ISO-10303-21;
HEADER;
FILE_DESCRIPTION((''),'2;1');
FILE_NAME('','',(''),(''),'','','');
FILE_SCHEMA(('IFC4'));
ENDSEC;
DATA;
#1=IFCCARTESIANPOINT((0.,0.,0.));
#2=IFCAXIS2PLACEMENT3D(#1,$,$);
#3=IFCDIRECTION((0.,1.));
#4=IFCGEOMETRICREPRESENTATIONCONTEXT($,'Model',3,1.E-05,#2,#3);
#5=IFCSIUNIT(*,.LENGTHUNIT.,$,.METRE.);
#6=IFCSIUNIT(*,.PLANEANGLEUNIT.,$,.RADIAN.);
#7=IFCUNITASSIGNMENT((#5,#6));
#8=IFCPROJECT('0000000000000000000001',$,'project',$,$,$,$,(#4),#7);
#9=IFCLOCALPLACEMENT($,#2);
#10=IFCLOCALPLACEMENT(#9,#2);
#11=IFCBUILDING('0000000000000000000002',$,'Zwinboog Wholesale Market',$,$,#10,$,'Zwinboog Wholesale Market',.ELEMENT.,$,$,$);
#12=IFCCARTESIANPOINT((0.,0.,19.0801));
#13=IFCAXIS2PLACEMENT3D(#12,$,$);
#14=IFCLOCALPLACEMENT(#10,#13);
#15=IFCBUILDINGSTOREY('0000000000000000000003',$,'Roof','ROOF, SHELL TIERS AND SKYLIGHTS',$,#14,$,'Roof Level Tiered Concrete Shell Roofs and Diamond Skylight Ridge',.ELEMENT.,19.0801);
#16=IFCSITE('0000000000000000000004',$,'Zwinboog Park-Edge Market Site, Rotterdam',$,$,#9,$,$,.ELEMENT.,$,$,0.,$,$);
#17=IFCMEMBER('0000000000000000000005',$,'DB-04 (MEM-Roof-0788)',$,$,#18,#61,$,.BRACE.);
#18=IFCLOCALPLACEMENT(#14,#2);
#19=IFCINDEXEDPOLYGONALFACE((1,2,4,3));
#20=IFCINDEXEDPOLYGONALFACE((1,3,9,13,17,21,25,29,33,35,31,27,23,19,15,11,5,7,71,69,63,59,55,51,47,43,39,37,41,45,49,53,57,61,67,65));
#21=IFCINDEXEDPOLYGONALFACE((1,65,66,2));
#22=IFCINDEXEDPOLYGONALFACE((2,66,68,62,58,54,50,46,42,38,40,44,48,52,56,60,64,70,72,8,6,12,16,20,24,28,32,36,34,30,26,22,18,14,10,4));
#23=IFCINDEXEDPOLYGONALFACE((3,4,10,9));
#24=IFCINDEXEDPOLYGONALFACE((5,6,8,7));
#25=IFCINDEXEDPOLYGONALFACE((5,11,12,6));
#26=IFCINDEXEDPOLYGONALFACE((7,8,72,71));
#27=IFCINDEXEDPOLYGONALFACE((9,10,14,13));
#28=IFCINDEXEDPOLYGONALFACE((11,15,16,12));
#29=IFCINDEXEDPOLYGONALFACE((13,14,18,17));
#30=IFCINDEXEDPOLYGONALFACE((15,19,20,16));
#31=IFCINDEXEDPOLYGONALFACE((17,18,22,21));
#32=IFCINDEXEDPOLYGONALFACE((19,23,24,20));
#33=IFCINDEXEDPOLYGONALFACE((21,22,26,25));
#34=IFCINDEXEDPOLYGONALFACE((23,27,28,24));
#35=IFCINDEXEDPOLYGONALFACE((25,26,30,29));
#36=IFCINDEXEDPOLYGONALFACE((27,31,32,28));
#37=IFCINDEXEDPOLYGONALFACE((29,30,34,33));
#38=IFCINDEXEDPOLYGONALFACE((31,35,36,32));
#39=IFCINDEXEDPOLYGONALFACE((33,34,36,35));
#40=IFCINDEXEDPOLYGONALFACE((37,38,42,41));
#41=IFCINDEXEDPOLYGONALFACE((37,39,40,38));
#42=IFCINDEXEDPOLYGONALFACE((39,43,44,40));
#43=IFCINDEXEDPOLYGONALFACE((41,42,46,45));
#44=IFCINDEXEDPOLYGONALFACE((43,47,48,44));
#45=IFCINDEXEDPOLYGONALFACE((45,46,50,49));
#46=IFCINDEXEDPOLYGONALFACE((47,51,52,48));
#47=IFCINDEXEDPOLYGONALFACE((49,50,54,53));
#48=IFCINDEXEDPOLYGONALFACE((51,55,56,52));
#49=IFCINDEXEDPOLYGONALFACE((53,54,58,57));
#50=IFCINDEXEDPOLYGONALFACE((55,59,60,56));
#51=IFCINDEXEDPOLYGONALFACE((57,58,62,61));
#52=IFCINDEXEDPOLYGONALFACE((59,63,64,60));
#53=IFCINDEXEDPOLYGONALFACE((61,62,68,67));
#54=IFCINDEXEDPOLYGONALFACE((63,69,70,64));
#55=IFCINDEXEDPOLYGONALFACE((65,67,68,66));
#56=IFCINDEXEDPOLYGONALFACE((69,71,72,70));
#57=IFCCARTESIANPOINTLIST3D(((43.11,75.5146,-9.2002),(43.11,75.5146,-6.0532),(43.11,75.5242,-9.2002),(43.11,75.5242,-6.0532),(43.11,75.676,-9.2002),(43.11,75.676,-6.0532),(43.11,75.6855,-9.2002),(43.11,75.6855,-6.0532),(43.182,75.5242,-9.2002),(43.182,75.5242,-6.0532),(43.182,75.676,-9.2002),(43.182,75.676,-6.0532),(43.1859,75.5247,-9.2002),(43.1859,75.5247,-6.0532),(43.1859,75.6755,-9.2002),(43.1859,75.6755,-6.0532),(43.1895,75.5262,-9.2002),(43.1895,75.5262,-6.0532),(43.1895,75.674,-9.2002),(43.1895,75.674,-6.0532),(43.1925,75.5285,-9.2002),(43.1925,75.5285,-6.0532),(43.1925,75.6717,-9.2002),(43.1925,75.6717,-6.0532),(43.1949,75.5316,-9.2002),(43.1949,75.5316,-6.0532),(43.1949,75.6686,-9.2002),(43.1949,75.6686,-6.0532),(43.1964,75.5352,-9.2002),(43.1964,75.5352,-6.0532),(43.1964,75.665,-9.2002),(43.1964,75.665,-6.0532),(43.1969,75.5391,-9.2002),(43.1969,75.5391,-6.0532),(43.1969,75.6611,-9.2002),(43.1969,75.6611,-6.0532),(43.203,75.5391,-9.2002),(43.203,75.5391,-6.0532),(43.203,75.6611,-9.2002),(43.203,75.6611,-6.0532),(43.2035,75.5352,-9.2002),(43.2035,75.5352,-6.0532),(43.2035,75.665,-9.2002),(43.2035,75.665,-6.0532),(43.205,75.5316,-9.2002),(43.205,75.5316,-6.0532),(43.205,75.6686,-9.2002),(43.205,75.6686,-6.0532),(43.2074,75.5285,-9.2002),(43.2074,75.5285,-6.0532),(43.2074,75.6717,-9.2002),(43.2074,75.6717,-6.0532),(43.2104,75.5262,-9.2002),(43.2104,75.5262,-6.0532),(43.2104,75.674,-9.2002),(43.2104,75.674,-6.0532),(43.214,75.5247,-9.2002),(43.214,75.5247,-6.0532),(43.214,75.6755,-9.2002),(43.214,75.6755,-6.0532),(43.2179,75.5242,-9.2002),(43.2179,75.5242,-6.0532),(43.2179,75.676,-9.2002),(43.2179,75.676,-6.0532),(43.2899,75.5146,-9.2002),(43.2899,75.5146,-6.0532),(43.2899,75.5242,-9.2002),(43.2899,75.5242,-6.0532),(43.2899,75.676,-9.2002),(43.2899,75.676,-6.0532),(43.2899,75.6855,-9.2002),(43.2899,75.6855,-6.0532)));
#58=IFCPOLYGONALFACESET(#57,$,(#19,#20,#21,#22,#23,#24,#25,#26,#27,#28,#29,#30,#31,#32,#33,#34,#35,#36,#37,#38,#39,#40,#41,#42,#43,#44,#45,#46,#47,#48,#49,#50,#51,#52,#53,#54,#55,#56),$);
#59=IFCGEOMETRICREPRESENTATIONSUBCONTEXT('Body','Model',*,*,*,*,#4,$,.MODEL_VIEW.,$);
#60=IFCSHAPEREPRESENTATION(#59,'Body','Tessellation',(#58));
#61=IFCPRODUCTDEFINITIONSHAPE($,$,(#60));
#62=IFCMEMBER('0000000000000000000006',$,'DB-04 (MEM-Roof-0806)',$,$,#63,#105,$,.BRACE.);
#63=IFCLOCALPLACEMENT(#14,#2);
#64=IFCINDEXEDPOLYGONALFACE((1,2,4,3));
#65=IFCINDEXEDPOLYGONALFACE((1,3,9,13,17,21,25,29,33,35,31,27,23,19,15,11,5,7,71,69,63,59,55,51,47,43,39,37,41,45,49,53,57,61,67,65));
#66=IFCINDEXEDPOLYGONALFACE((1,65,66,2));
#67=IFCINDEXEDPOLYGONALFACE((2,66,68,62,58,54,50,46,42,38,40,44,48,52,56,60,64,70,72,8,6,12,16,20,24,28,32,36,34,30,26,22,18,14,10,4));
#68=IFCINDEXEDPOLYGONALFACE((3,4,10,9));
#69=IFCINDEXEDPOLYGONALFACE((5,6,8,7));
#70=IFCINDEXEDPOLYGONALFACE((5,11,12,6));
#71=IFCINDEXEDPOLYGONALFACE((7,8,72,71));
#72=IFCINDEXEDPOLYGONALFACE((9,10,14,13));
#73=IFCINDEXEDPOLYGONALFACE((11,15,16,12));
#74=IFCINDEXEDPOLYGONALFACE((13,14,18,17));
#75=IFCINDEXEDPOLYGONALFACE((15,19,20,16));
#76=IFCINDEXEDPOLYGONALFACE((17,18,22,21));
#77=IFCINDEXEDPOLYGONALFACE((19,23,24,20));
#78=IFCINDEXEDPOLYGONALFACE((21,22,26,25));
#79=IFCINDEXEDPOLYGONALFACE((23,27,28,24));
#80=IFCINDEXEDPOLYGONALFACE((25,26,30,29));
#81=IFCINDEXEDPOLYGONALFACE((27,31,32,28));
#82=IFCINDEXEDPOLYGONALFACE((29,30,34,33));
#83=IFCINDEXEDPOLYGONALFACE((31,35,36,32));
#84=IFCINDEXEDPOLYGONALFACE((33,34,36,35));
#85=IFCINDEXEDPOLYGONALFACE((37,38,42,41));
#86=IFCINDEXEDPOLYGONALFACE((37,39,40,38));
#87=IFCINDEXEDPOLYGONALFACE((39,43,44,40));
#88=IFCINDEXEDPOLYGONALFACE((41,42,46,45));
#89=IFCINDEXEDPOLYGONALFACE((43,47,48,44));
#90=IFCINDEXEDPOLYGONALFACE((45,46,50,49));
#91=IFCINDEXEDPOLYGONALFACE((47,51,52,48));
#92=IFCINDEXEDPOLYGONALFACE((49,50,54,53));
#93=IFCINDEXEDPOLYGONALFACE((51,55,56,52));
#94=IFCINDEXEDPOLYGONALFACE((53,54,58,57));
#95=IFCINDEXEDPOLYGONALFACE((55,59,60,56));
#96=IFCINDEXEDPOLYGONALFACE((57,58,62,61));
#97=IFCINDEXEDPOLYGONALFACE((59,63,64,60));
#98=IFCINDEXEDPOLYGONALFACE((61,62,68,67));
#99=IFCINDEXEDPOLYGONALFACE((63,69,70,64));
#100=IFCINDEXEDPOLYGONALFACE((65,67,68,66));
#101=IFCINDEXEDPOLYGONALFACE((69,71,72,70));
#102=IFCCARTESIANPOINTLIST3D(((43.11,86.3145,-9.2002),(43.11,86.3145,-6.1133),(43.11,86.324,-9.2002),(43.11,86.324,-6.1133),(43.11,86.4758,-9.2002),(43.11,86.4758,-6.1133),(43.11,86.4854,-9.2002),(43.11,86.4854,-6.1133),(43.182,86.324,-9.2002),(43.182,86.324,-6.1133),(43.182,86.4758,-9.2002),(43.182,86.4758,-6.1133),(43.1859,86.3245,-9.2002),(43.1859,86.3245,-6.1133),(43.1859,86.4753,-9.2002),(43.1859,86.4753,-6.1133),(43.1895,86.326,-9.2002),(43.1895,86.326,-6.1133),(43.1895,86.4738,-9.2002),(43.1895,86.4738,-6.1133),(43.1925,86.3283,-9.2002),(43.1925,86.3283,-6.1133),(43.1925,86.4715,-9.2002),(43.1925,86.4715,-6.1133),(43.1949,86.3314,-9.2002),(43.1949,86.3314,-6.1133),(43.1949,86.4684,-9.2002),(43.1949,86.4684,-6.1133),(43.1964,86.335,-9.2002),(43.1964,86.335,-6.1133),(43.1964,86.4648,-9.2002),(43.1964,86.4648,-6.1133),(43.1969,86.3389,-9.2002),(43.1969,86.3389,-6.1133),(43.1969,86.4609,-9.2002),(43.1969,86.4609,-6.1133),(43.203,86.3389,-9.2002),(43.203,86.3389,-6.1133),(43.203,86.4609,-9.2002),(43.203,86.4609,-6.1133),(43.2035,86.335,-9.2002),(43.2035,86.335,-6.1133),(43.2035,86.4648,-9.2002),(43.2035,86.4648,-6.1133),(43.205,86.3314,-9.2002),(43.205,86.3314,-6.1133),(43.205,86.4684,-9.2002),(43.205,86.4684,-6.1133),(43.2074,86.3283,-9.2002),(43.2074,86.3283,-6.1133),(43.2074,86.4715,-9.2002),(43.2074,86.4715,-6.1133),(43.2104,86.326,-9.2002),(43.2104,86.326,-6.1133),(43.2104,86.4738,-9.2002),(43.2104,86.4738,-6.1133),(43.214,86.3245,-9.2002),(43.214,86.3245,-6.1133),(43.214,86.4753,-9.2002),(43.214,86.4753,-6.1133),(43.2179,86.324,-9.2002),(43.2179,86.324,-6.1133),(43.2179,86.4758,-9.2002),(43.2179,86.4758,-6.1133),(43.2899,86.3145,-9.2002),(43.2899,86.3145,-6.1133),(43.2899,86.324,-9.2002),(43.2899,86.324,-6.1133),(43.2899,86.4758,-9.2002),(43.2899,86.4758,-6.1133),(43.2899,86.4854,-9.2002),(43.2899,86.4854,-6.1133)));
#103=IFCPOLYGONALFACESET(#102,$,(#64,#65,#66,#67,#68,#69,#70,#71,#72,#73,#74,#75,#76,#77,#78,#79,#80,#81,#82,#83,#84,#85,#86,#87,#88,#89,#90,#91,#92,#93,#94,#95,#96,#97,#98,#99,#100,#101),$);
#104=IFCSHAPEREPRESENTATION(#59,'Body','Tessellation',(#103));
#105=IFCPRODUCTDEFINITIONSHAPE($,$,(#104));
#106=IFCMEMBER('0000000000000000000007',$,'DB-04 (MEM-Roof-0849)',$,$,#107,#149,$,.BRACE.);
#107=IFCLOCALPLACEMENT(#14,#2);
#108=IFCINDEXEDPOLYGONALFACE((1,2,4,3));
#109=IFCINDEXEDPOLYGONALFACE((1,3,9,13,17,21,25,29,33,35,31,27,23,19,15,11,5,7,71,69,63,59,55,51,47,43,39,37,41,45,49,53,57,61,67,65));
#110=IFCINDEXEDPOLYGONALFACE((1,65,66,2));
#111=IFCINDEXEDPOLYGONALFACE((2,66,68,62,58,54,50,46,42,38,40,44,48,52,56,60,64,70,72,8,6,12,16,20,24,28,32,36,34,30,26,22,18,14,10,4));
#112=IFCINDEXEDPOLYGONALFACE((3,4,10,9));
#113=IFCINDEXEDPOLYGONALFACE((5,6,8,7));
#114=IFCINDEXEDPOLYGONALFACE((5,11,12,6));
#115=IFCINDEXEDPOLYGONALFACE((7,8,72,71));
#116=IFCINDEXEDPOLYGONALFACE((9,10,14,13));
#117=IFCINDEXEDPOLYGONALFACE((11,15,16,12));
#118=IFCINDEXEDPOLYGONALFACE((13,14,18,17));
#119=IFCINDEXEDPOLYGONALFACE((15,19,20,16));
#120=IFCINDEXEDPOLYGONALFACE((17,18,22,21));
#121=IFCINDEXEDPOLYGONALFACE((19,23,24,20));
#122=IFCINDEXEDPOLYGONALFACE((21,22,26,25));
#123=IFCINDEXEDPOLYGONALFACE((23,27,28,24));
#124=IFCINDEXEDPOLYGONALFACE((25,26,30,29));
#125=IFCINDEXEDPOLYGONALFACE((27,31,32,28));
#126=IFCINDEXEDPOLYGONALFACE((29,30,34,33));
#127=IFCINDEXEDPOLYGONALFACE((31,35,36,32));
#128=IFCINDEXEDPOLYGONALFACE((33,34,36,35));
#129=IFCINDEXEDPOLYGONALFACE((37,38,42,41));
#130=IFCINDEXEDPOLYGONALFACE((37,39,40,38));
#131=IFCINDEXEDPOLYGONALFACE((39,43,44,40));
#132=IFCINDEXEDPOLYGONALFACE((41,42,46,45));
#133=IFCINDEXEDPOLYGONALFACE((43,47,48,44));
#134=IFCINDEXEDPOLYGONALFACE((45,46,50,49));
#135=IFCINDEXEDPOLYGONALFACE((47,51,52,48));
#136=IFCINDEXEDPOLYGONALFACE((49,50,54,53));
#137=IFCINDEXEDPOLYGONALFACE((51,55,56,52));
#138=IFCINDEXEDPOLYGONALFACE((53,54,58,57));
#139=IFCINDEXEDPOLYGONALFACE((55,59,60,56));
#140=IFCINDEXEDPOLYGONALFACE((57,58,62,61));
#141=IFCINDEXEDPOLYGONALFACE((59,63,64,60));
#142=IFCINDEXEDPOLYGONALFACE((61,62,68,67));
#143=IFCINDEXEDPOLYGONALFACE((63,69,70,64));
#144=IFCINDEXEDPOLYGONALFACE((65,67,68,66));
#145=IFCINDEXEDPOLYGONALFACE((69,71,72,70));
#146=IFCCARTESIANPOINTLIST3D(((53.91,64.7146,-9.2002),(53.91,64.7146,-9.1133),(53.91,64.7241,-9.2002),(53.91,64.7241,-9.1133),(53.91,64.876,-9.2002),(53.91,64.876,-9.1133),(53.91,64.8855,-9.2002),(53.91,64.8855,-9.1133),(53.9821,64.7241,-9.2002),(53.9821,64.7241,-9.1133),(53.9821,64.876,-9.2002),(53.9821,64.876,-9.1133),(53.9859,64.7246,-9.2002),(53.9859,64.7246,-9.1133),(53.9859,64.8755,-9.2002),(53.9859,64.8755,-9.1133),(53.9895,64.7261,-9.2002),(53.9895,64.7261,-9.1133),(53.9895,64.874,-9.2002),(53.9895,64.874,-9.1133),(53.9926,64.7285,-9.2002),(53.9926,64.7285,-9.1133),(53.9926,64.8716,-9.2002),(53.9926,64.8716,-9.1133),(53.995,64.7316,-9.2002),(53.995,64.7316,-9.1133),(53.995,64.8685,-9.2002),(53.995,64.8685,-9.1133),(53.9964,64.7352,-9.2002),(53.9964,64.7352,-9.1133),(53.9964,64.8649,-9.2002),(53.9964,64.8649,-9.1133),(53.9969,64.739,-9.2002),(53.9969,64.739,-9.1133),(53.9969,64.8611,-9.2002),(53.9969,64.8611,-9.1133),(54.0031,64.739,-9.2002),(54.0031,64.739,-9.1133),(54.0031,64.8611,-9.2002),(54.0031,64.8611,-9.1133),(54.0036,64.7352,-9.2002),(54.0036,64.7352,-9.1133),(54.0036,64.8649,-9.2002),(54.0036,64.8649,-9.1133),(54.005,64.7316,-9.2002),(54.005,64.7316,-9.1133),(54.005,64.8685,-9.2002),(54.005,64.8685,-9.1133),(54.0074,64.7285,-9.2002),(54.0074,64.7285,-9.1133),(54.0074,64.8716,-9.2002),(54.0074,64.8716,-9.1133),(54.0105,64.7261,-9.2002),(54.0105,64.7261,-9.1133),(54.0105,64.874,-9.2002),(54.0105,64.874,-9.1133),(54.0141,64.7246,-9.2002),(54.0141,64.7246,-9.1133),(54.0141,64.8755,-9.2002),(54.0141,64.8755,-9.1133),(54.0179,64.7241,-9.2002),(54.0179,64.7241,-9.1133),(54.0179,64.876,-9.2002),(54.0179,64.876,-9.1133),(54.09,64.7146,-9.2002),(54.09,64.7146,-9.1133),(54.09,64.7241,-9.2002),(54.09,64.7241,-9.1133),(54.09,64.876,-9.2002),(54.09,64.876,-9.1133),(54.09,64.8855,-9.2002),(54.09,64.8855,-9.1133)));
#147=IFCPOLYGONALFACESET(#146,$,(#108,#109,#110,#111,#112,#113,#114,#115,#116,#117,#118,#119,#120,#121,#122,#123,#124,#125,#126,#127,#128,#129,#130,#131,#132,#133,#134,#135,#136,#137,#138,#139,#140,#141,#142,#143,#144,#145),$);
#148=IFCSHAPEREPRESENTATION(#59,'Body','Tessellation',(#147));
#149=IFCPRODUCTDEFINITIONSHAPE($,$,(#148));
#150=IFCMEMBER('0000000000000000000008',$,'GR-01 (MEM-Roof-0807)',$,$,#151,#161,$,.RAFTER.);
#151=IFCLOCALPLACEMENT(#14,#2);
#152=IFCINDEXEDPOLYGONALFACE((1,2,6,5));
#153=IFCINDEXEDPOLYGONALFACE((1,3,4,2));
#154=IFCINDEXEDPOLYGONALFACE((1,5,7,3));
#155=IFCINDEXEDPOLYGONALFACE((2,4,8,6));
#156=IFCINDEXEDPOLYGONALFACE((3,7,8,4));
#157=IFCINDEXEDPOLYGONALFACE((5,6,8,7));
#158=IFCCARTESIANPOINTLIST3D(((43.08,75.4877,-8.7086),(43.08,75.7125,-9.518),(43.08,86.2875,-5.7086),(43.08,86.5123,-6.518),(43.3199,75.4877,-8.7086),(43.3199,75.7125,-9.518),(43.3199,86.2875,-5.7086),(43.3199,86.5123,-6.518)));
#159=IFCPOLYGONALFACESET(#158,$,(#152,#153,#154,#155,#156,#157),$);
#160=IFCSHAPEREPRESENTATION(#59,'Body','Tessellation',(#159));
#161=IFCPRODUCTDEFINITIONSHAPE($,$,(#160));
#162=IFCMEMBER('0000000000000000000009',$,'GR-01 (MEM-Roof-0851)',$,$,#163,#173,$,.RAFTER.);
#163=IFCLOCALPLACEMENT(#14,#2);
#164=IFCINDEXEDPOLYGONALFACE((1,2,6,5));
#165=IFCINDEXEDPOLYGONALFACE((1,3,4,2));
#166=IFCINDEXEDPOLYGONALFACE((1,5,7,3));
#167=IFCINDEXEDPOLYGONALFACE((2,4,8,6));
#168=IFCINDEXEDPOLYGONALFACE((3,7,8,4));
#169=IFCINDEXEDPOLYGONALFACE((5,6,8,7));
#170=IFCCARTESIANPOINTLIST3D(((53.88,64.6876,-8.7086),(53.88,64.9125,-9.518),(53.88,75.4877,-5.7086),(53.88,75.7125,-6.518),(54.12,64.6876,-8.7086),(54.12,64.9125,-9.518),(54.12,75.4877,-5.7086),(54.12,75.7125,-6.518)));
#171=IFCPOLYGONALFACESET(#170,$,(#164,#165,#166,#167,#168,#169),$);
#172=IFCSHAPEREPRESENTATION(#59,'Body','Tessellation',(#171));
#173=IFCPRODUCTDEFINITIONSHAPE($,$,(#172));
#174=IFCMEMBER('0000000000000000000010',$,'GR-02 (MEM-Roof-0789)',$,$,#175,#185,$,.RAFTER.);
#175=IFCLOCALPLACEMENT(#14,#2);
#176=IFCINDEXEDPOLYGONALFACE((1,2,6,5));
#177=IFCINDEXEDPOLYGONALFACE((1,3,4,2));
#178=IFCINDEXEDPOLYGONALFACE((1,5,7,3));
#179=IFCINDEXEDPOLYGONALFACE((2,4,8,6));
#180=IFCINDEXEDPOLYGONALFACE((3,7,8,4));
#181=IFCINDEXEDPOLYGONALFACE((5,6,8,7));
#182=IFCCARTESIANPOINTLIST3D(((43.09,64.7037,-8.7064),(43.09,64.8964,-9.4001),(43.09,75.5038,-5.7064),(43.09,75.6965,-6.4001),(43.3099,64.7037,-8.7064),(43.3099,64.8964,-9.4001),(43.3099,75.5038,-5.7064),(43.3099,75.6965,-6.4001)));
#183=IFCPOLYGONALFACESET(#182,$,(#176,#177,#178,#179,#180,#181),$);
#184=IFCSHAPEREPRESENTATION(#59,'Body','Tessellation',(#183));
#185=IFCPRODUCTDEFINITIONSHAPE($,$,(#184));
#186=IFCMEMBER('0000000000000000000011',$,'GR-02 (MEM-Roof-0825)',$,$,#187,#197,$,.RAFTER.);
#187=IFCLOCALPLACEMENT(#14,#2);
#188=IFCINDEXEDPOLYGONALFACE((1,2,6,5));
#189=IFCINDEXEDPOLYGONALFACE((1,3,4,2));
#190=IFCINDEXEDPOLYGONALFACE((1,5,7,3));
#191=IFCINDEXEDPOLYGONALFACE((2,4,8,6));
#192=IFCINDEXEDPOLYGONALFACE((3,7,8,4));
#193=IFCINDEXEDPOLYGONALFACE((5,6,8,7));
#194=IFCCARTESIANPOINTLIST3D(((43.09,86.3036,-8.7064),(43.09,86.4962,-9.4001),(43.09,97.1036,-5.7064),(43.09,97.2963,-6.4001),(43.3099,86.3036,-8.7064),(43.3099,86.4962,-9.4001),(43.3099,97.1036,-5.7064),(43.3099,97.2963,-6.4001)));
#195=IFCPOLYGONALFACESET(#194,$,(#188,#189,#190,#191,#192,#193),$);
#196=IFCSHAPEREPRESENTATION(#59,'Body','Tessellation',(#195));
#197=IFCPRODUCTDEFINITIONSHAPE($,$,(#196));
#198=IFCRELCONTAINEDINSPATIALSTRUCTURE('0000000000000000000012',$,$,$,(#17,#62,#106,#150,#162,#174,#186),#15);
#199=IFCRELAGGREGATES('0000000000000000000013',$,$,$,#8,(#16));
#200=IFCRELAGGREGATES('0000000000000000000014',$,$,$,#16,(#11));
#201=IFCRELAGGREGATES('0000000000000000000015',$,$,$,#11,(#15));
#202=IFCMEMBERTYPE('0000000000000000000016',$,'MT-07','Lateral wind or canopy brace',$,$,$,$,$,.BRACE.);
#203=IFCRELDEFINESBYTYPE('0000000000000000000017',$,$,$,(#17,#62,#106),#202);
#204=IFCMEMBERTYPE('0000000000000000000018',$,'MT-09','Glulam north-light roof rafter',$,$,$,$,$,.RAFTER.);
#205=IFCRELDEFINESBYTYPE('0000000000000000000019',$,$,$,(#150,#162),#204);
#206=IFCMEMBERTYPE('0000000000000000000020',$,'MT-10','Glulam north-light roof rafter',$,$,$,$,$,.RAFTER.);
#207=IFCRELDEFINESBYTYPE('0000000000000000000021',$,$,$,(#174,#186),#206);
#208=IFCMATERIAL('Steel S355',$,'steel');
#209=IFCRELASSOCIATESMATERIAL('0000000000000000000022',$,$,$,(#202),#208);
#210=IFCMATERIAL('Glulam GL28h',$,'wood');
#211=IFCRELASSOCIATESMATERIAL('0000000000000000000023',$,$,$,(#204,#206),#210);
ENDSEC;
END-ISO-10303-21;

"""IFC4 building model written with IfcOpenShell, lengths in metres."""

from ifc_helpers import new_model, si_unit, direction, frame, origin, origin_2d, place, context, subcontext, project, spatial, rectangle, i_section, extrude, material, material_profile, profile_set, type_object, element, save


model = new_model("IFC4")

# Units and contexts
model_context = context("Model", 3, precision=1e-05, world=origin(), true_north=direction((0.0, 1.0)))
body_context = subcontext(model_context, "Body", "Model", "MODEL_VIEW")
ifc_project = project(units=[si_unit("LENGTHUNIT", "METRE"), si_unit("PLANEANGLEUNIT", "RADIAN")], contexts=[model_context])

# Site, building, storey
site_placement = place(None, origin())
site = spatial("IfcSite", under=ifc_project, at=site_placement, Name="Zwinboog Park-Edge Market Site, Rotterdam", CompositionType="ELEMENT", RefElevation=0.0)
building_placement = place(site_placement, origin())
building = spatial("IfcBuilding", under=site, at=building_placement, Name="Zwinboog Wholesale Market", LongName="Zwinboog Wholesale Market", CompositionType="ELEMENT")
storey_placement = place(building_placement, frame((0.0, 0.0, 19.0801)))
storey = spatial("IfcBuildingStorey", under=building, at=storey_placement, Name="Roof", Description="ROOF, SHELL TIERS AND SKYLIGHTS", LongName="Roof Level Tiered Concrete Shell Roofs and Diamond Skylight Ridge", CompositionType="ELEMENT", Elevation=19.0801)

# Members
ifc_material_1 = material(Name="Steel S355", Category="steel")
ifc_material_profile_1 = material_profile(ifc_material_1, i_section(OverallWidth=0.1799, OverallDepth=0.1709, WebThickness=0.0061, FlangeThickness=0.0095, FilletRadius=0.0149, at=origin_2d()), Name="HEA 180")
ifc_profile_set_1 = profile_set([ifc_material_profile_1], Name="Steel S355")
member_type_1 = type_object("IfcMemberType", Name="MT-07", Description="Lateral wind or canopy brace", PredefinedType="BRACE", material=ifc_profile_set_1)
member_1_placement = place(storey_placement, frame((43.2, 75.6001, -9.2002), z_axis=(0.0, 0.0, 1.0), x_axis=(1.0, 0.0, 0.0)))
element("IfcMember", 1, at=member_1_placement, inside=storey, type_object=member_type_1, Name="DB-04 (MEM-Roof-0788)", PredefinedType="BRACE", context=body_context, shape_type="SweptSolid", body=[
    extrude(i_section(OverallWidth=0.1799, OverallDepth=0.1709, WebThickness=0.0061, FlangeThickness=0.0095, FilletRadius=0.0149, at=origin_2d()), origin(), (0.0, 0.0, 1.0), 3.147),
])
member_2_placement = place(storey_placement, frame((43.2, 86.3999, -9.2002), z_axis=(0.0, 0.0, 1.0), x_axis=(1.0, 0.0, 0.0)))
element("IfcMember", 2, at=member_2_placement, inside=storey, type_object=member_type_1, Name="DB-04 (MEM-Roof-0806)", PredefinedType="BRACE", context=body_context, shape_type="SweptSolid", body=[
    extrude(i_section(OverallWidth=0.1799, OverallDepth=0.1709, WebThickness=0.0061, FlangeThickness=0.0095, FilletRadius=0.0149, at=origin_2d()), origin(), (0.0, 0.0, 1.0), 3.0869),
])
member_3_placement = place(storey_placement, frame((54.0, 64.8, -9.2002), z_axis=(0.0, 0.0, 1.0), x_axis=(1.0, 0.0, 0.0)))
element("IfcMember", 3, at=member_3_placement, inside=storey, type_object=member_type_1, Name="DB-04 (MEM-Roof-0849)", PredefinedType="BRACE", context=body_context, shape_type="SweptSolid", body=[
    extrude(i_section(OverallWidth=0.1799, OverallDepth=0.1709, WebThickness=0.0061, FlangeThickness=0.0095, FilletRadius=0.0149, at=origin_2d()), origin(), (0.0, 0.0, 1.0), 0.0869),
])
ifc_material_2 = material(Name="Glulam GL28h", Category="wood")
ifc_material_profile_2 = material_profile(ifc_material_2, rectangle(XDim=0.24, YDim=0.8401, at=origin_2d()), Name="GL28h 240x840")
ifc_profile_set_2 = profile_set([ifc_material_profile_2], Name="Glulam GL28h")
member_type_2 = type_object("IfcMemberType", Name="MT-09", Description="Glulam north-light roof rafter", PredefinedType="RAFTER", material=ifc_profile_set_2)
member_4_placement = place(storey_placement, frame((43.2, 75.6001, -9.1133), z_axis=(0.0, 0.963517, 0.267648), x_axis=(-1.0, 0.0, 0.0)))
element("IfcMember", 4, at=member_4_placement, inside=storey, type_object=member_type_2, Name="GR-01 (MEM-Roof-0807)", PredefinedType="RAFTER", context=body_context, shape_type="SweptSolid", body=[
    extrude(rectangle(XDim=0.24, YDim=0.8401, at=origin_2d()), origin(), (0.0, 0.0, 1.0), 11.2087),
])
member_5_placement = place(storey_placement, frame((54.0, 64.8, -9.1133), z_axis=(0.0, 0.963518, 0.267643), x_axis=(-1.0, 0.0, 0.0)))
element("IfcMember", 5, at=member_5_placement, inside=storey, type_object=member_type_2, Name="GR-01 (MEM-Roof-0851)", PredefinedType="RAFTER", context=body_context, shape_type="SweptSolid", body=[
    extrude(rectangle(XDim=0.24, YDim=0.8401, at=origin_2d()), origin(), (0.0, 0.0, 1.0), 11.209),
])
ifc_material_profile_3 = material_profile(ifc_material_2, rectangle(XDim=0.22, YDim=0.72, at=origin_2d()), Name="GL28h 220x720")
ifc_profile_set_3 = profile_set([ifc_material_profile_3], Name="Glulam GL28h")
member_type_3 = type_object("IfcMemberType", Name="MT-10", Description="Glulam north-light roof rafter", PredefinedType="RAFTER", material=ifc_profile_set_3)
for number, where, z_axis, x_axis, name in (
    (6, (43.2, 64.8, -9.0532), (0.0, 0.963518, 0.267643), (-1.0, 0.0, 0.0), "GR-02 (MEM-Roof-0789)"),
    (7, (43.2, 86.3999, -9.0532), (0.0, 0.963518, 0.267643), (-1.0, 0.0, 0.0), "GR-02 (MEM-Roof-0825)"),
):
    element("IfcMember", number, at=place(storey_placement, frame(where, z_axis=z_axis, x_axis=x_axis)), inside=storey, type_object=member_type_3, Name=name, PredefinedType="RAFTER", context=body_context, shape_type="SweptSolid", body=[
        extrude(rectangle(XDim=0.22, YDim=0.72, at=origin_2d()), origin(), (0.0, 0.0, 1.0), 11.209),
    ])

save(model, "model.ifc")
